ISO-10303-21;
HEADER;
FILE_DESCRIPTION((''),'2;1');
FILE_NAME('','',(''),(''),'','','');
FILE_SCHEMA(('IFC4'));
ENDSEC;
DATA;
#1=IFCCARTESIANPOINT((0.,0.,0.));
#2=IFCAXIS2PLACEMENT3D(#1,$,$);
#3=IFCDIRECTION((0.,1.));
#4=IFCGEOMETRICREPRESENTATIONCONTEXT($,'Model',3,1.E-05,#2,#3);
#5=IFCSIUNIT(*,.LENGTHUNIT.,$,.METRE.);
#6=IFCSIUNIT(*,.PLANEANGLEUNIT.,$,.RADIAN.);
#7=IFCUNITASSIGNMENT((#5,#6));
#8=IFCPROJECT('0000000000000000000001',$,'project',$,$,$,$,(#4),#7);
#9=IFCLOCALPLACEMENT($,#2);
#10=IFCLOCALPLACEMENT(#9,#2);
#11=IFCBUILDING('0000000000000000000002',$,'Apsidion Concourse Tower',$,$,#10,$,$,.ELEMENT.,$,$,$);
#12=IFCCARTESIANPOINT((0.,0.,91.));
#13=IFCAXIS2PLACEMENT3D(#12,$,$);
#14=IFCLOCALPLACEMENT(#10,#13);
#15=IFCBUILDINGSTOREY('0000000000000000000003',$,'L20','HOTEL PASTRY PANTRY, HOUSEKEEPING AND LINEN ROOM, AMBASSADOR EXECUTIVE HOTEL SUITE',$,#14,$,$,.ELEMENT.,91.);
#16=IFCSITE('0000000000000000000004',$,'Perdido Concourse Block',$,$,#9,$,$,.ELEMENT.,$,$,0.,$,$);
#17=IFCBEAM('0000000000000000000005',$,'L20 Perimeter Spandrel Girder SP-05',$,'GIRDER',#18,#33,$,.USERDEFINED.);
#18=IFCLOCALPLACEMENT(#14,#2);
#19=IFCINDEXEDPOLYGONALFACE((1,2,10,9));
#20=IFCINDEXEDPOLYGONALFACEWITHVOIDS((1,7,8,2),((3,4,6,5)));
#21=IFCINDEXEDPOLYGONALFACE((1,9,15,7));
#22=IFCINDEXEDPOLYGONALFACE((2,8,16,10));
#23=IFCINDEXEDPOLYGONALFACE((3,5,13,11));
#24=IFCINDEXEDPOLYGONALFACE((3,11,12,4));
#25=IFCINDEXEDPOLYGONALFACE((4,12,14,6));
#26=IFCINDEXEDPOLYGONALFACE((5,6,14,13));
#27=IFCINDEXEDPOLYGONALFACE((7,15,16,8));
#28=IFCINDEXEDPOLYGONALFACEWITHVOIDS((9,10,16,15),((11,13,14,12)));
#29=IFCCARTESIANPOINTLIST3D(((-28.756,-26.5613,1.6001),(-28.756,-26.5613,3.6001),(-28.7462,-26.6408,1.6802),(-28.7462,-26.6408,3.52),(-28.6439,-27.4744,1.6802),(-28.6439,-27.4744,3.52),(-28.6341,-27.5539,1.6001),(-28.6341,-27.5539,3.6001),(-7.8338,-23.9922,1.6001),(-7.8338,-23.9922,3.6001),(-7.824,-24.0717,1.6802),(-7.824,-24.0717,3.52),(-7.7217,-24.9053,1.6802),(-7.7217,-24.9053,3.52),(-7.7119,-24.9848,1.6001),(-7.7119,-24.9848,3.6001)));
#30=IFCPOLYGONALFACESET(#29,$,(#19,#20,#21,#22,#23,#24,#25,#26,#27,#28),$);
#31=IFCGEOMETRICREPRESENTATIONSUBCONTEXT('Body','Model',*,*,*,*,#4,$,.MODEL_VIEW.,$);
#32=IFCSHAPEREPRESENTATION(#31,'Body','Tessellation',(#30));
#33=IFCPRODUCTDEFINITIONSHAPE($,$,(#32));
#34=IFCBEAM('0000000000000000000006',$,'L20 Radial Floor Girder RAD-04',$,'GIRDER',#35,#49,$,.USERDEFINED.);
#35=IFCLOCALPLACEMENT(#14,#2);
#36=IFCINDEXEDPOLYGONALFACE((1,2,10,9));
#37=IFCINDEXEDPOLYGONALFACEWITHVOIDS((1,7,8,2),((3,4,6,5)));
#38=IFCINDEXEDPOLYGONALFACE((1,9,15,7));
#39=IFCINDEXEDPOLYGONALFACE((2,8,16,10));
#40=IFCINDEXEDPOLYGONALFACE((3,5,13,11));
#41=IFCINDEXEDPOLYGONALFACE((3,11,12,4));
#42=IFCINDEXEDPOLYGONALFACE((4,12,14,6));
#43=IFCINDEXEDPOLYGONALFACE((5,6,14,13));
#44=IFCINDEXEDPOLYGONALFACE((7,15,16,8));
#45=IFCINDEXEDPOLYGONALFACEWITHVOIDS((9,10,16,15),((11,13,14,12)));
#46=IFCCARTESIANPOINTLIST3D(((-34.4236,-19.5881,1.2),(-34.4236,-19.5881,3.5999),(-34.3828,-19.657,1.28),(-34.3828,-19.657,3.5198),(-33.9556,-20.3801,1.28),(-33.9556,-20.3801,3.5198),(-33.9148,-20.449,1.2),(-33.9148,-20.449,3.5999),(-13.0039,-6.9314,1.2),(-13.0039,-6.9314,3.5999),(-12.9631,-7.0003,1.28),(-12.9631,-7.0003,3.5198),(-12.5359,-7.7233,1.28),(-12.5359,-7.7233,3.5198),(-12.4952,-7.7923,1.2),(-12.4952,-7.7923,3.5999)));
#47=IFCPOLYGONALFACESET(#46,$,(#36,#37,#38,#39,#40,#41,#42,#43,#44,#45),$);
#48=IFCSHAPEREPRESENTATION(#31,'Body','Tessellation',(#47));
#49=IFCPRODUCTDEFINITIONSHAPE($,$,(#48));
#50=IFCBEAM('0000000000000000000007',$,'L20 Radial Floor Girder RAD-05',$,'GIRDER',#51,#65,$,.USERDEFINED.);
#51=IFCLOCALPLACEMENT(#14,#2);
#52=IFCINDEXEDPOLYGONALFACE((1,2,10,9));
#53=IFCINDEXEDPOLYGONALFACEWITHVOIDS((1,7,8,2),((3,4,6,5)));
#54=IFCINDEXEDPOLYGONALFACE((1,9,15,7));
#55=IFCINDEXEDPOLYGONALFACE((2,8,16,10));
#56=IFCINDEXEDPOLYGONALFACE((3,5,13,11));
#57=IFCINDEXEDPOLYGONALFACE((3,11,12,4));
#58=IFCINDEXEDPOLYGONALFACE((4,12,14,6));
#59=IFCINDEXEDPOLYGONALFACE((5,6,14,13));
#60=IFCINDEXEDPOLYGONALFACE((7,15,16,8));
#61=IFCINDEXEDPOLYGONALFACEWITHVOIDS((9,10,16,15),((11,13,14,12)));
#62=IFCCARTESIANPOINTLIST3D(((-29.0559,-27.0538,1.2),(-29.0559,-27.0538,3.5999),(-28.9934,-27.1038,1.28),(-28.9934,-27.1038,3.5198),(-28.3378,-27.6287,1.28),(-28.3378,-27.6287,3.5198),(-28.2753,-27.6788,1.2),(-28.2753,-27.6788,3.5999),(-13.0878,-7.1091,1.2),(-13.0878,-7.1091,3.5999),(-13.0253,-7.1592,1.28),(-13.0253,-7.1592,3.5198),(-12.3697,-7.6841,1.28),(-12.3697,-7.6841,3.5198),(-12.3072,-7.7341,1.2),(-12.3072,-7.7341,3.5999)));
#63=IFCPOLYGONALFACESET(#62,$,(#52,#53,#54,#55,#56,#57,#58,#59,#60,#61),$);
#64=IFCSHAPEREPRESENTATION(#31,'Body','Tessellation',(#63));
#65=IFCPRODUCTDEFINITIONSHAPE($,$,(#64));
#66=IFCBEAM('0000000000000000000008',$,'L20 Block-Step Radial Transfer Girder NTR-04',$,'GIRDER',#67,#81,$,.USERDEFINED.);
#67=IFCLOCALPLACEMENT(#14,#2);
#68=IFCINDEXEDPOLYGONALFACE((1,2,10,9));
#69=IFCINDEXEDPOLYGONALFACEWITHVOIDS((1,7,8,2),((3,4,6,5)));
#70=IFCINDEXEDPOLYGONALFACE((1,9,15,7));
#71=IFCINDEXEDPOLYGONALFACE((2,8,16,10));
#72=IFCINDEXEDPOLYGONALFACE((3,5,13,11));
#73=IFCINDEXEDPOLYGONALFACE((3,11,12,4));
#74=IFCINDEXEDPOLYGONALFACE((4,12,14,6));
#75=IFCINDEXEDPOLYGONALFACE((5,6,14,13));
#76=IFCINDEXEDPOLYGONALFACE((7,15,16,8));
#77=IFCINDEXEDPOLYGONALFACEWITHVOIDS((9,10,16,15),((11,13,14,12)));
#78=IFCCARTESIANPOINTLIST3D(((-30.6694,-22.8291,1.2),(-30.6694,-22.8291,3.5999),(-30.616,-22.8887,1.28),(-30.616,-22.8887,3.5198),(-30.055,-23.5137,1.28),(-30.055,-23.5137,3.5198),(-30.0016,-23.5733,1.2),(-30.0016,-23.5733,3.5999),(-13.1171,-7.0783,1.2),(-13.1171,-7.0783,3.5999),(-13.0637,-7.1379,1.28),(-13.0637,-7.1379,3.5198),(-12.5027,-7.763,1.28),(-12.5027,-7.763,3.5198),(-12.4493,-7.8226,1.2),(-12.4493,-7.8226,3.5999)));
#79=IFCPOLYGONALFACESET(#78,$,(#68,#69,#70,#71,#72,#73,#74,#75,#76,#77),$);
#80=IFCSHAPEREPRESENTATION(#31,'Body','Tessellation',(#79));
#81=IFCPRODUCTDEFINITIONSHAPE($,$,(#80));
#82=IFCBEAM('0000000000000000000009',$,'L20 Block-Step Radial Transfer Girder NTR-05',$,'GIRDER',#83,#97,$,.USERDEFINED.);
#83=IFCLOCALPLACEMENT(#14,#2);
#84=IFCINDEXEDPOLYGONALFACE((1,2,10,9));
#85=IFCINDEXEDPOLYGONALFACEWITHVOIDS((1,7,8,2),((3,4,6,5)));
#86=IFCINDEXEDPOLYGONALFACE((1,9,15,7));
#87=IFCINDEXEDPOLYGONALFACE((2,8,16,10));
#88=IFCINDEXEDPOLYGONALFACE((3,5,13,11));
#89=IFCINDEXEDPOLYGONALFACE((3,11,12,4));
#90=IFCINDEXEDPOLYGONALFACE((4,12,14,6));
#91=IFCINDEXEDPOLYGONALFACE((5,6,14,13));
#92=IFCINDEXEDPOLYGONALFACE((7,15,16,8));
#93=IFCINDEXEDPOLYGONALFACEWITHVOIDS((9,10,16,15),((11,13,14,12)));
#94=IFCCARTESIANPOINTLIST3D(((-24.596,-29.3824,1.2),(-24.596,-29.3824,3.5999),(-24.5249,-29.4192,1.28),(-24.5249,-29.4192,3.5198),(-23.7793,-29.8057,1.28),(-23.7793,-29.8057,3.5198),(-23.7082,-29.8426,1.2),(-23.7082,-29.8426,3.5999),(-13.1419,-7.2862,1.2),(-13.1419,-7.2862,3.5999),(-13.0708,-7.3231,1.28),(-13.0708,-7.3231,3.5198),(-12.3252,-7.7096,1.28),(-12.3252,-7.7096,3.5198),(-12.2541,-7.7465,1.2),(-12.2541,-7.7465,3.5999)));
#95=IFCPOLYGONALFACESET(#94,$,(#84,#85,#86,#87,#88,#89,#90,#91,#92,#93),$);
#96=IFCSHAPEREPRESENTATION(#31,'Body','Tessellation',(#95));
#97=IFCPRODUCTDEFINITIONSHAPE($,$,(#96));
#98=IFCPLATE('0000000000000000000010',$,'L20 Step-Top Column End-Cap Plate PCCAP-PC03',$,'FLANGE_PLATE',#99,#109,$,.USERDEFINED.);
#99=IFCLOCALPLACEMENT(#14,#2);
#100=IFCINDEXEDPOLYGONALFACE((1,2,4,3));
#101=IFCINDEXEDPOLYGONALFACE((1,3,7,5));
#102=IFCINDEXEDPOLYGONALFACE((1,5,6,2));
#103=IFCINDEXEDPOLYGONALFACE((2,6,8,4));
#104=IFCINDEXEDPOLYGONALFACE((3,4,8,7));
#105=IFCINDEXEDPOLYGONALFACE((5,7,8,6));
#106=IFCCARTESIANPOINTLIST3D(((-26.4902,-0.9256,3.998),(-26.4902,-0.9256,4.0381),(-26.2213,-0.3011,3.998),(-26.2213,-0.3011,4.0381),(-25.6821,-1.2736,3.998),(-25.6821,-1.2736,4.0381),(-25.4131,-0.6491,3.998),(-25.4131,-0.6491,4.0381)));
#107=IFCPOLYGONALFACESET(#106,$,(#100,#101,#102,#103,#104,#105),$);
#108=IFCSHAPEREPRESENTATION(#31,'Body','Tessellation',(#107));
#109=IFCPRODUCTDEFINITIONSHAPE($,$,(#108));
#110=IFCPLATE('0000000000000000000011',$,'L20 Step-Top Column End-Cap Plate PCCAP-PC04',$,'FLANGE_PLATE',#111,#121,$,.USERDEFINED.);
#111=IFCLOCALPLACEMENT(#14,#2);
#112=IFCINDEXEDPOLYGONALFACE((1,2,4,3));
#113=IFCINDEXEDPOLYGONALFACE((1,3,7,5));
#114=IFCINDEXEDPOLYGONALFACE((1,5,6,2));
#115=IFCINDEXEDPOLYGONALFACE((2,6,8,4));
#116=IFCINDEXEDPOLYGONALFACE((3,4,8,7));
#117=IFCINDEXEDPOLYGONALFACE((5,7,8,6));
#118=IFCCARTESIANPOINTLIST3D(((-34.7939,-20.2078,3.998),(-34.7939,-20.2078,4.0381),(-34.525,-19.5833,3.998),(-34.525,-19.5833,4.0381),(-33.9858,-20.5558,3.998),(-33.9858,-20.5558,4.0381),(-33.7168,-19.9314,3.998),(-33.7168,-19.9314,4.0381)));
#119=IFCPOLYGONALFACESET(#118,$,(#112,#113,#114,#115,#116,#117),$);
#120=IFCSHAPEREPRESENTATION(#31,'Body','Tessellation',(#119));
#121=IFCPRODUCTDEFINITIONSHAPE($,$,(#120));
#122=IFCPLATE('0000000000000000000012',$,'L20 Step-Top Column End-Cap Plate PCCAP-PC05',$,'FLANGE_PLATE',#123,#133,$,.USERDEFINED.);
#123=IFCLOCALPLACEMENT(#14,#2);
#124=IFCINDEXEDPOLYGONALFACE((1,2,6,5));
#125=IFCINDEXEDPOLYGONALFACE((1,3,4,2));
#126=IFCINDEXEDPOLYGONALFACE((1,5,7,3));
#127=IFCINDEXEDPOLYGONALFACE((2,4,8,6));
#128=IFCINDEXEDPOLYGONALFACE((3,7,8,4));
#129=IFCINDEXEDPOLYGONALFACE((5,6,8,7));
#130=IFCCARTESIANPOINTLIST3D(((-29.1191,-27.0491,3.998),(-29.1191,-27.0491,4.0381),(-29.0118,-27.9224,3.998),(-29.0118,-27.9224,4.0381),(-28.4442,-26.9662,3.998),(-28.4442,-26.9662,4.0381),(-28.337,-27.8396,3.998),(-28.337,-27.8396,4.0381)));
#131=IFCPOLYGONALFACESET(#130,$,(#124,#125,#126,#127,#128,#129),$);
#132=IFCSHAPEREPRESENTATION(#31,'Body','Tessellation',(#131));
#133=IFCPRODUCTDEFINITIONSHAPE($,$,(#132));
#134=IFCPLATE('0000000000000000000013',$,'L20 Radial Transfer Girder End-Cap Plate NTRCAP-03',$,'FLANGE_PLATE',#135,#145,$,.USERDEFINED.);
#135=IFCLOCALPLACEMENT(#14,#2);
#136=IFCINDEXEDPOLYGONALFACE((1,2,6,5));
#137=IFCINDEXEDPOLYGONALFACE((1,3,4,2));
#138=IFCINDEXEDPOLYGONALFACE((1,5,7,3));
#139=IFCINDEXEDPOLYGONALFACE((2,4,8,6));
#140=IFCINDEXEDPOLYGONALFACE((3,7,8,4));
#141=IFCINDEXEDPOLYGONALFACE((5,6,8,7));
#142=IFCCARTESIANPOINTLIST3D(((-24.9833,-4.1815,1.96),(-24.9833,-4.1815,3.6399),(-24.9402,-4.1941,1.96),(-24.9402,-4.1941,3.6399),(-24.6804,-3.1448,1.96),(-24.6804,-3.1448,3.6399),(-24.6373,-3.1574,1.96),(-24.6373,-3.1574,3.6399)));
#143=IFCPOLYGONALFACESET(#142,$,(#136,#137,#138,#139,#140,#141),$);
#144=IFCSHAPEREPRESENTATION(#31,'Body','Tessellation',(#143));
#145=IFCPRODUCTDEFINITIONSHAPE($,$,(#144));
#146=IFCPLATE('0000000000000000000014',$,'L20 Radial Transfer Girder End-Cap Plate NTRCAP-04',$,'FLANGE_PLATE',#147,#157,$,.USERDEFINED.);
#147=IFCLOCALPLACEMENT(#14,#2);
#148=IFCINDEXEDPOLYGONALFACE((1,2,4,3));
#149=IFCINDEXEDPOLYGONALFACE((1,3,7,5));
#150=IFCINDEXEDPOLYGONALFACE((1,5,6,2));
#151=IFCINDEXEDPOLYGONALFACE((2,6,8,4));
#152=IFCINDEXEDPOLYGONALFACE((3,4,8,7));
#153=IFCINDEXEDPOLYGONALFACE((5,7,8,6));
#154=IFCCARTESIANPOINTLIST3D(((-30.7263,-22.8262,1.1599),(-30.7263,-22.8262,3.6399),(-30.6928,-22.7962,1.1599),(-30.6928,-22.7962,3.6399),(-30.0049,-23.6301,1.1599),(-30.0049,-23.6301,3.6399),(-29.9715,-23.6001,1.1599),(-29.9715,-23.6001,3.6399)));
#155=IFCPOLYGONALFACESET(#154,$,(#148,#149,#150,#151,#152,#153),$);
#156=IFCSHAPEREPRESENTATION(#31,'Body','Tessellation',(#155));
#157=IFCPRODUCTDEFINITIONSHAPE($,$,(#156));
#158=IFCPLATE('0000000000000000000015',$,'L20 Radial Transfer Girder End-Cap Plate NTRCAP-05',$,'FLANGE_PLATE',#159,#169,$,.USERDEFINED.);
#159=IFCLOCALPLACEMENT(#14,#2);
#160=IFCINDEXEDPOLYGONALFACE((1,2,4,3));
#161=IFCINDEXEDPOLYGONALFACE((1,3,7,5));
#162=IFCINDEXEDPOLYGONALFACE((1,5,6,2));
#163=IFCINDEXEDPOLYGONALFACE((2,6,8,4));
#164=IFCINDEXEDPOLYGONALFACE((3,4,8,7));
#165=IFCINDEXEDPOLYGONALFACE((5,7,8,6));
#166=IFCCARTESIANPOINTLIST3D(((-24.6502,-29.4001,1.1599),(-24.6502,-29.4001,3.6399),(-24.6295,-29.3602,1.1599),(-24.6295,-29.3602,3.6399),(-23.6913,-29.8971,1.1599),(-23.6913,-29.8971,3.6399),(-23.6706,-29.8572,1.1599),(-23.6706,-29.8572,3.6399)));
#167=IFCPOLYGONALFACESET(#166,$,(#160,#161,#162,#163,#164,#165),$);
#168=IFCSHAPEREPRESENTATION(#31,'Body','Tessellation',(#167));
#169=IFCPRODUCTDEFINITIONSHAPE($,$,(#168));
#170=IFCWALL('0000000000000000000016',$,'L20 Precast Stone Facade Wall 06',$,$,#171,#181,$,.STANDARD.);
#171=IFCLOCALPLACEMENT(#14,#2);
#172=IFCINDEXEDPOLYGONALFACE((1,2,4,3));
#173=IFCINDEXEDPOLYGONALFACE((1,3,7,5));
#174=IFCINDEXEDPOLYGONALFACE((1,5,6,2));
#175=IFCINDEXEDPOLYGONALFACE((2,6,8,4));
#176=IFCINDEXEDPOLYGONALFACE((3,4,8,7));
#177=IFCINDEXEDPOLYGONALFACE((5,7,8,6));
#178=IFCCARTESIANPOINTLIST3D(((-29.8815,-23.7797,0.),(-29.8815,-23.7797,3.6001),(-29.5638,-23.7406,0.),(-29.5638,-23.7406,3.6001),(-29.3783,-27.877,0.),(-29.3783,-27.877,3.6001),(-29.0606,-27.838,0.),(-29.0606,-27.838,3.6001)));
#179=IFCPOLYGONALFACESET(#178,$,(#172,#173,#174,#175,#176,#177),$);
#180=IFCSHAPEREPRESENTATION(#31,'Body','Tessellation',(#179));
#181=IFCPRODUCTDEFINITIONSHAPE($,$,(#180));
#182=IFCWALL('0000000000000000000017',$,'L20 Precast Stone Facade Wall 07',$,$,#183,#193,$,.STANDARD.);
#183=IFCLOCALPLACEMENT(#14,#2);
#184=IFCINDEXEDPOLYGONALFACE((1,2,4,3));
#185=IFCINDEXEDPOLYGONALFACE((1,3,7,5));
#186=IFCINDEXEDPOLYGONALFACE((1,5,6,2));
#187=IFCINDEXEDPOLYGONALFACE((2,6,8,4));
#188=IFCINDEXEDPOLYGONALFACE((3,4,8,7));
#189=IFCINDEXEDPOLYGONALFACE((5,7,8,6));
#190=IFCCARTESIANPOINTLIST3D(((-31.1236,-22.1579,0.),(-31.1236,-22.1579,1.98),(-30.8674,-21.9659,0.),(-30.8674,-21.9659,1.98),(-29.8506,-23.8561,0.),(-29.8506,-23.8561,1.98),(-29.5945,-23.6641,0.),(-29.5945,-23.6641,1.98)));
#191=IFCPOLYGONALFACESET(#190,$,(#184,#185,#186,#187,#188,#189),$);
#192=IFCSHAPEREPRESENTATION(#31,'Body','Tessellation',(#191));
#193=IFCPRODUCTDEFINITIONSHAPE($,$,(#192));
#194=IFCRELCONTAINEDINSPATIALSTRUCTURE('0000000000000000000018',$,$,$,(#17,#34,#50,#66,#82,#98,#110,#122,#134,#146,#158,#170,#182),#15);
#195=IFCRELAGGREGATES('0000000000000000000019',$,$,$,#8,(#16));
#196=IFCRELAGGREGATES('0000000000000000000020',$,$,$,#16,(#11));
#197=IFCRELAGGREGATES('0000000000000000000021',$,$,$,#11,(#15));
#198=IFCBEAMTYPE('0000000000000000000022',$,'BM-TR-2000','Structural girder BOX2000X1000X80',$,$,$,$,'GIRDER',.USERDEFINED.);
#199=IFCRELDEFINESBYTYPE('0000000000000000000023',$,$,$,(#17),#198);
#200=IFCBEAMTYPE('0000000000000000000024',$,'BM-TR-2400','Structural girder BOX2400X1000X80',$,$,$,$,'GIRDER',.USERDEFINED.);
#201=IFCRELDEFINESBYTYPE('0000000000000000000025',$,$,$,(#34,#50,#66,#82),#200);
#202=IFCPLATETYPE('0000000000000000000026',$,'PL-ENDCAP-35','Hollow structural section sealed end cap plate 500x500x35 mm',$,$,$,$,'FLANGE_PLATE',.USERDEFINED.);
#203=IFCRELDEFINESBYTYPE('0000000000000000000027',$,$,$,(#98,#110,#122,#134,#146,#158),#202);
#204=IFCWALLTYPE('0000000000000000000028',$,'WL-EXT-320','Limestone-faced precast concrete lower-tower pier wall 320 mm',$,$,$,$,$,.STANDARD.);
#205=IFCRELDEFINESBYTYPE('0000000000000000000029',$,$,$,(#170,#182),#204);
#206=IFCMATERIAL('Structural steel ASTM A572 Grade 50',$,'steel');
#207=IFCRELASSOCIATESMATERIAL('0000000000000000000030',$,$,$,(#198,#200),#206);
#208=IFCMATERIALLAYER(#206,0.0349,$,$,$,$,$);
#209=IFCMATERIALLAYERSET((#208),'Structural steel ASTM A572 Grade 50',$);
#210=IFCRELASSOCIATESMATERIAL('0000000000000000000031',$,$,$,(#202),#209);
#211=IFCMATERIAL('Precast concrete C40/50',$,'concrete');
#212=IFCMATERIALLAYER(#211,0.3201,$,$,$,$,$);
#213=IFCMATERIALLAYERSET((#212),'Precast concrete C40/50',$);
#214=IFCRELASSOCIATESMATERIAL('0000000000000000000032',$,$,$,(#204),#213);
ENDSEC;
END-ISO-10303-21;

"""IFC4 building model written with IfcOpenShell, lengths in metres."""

from ifc_helpers import new_model, si_unit, direction, frame, frame_2d, origin, origin_2d, place, context, subcontext, project, spatial, rectangle, hollow_rectangle, extrude, material, layer, layer_set, material_profile, profile_set, type_object, element, save


model = new_model("IFC4")

# Units and contexts
model_context = context("Model", 3, precision=1e-05, world=origin(), true_north=direction((0.0, 1.0)))
body_context = subcontext(model_context, "Body", "Model", "MODEL_VIEW")
ifc_project = project(units=[si_unit("LENGTHUNIT", "METRE"), si_unit("PLANEANGLEUNIT", "RADIAN")], contexts=[model_context])

# Site, building, storey
site_placement = place(None, origin())
site = spatial("IfcSite", under=ifc_project, at=site_placement, Name="Perdido Concourse Block", CompositionType="ELEMENT", RefElevation=0.0)
building_placement = place(site_placement, origin())
building = spatial("IfcBuilding", under=site, at=building_placement, Name="Apsidion Concourse Tower", CompositionType="ELEMENT")
storey_placement = place(building_placement, frame((0.0, 0.0, 91.0)))
storey = spatial("IfcBuildingStorey", under=building, at=storey_placement, Name="L20", Description="HOTEL PASTRY PANTRY, HOUSEKEEPING AND LINEN ROOM, AMBASSADOR EXECUTIVE HOTEL SUITE", CompositionType="ELEMENT", Elevation=91.0)

# Shared definitions
ifc_material_1 = material(Name="Structural steel ASTM A572 Grade 50", Category="steel")

# Beams
ifc_material_profile_1 = material_profile(ifc_material_1, hollow_rectangle(XDim=1.0, YDim=2.0, WallThickness=0.0801, at=origin_2d()), Name="BOX2000X1000X80")
ifc_profile_set_1 = profile_set([ifc_material_profile_1], Name="Structural steel ASTM A572 Grade 50")
beam_type_1 = type_object("IfcBeamType", Name="BM-TR-2000", Description="Structural girder BOX2000X1000X80", ElementType="GIRDER", PredefinedType="USERDEFINED", material=ifc_profile_set_1)
beam_1_placement = place(storey_placement, frame((-28.6951, -27.0576, 2.6001), z_axis=(0.992545, 0.121878, 0.0), x_axis=(-0.121878, 0.992545, 0.0)))
element("IfcBeam", 1, at=beam_1_placement, inside=storey, type_object=beam_type_1, Name="L20 Perimeter Spandrel Girder SP-05", ObjectType="GIRDER", PredefinedType="USERDEFINED", context=body_context, shape_type="SweptSolid", body=[
    extrude(hollow_rectangle(XDim=1.0, YDim=2.0, WallThickness=0.0801, at=origin_2d()), origin(), (0.0, 0.0, 1.0), 21.0793),
])
ifc_material_profile_2 = material_profile(ifc_material_1, hollow_rectangle(XDim=1.0, YDim=2.3999, WallThickness=0.0801, at=origin_2d()), Name="BOX2400X1000X80")
ifc_profile_set_2 = profile_set([ifc_material_profile_2], Name="Structural steel ASTM A572 Grade 50")
beam_type_2 = type_object("IfcBeamType", Name="BM-TR-2400", Description="Structural girder BOX2400X1000X80", ElementType="GIRDER", PredefinedType="USERDEFINED", material=ifc_profile_set_2)
beam_2_placement = place(storey_placement, frame((-12.7495, -7.3618, 2.3999), z_axis=(-0.860933, -0.508719, 0.0), x_axis=(0.508719, -0.860933, 0.0)))
element("IfcBeam", 2, at=beam_2_placement, inside=storey, type_object=beam_type_2, Name="L20 Radial Floor Girder RAD-04", ObjectType="GIRDER", PredefinedType="USERDEFINED", context=body_context, shape_type="SweptSolid", body=[
    extrude(hollow_rectangle(XDim=1.0, YDim=2.3999, WallThickness=0.0801, at=origin_2d()), origin(), (0.0, 0.0, 1.0), 24.8796),
])
beam_3_placement = place(storey_placement, frame((-12.6975, -7.4216, 2.3999), z_axis=(-0.62499, -0.780633, 0.0), x_axis=(0.780633, -0.62499, 0.0)))
element("IfcBeam", 3, at=beam_3_placement, inside=storey, type_object=beam_type_2, Name="L20 Radial Floor Girder RAD-05", ObjectType="GIRDER", PredefinedType="USERDEFINED", context=body_context, shape_type="SweptSolid", body=[
    extrude(hollow_rectangle(XDim=1.0, YDim=2.3999, WallThickness=0.0801, at=origin_2d()), origin(), (0.0, 0.0, 1.0), 25.5493),
])
beam_4_placement = place(storey_placement, frame((-12.7832, -7.4504, 2.3999), z_axis=(-0.744269, -0.66788, 0.0), x_axis=(0.66788, -0.744269, 0.0)))
element("IfcBeam", 4, at=beam_4_placement, inside=storey, type_object=beam_type_2, Name="L20 Block-Step Radial Transfer Girder NTR-04", ObjectType="GIRDER", PredefinedType="USERDEFINED", context=body_context, shape_type="SweptSolid", body=[
    extrude(hollow_rectangle(XDim=1.0, YDim=2.3999, WallThickness=0.0801, at=origin_2d()), origin(), (0.0, 0.0, 1.0), 23.5833),
])
beam_5_placement = place(storey_placement, frame((-12.698, -7.5164, 2.3999), z_axis=(-0.460216, -0.887807, 0.0), x_axis=(0.887807, -0.460216, 0.0)))
element("IfcBeam", 5, at=beam_5_placement, inside=storey, type_object=beam_type_2, Name="L20 Block-Step Radial Transfer Girder NTR-05", ObjectType="GIRDER", PredefinedType="USERDEFINED", context=body_context, shape_type="SweptSolid", body=[
    extrude(hollow_rectangle(XDim=1.0, YDim=2.3999, WallThickness=0.0801, at=origin_2d()), origin(), (0.0, 0.0, 1.0), 24.8884),
])

# Plates
ifc_layer_1 = layer(ifc_material_1, 0.0349)
ifc_layer_set_1 = layer_set([ifc_layer_1], Name="Structural steel ASTM A572 Grade 50")
plate_type = type_object("IfcPlateType", Name="PL-ENDCAP-35", Description="Hollow structural section sealed end cap plate 500x500x35 mm", ElementType="FLANGE_PLATE", PredefinedType="USERDEFINED", material=ifc_layer_set_1)
for number, where, z_axis, x_axis, name in (
    (6, (-25.9517, -0.7874, 3.998), (0.0, 0.0, 1.0), (0.395546, 0.918446, 0.0), "L20 Step-Top Column End-Cap Plate PCCAP-PC03"),
    (7, (-34.2554, -20.0696, 3.998), (0.0, 0.0, 1.0), (0.395546, 0.918446, 0.0), "L20 Step-Top Column End-Cap Plate PCCAP-PC04"),
    (8, (-28.728, -27.4443, 3.998), (0.0, 0.0, 1.0), (0.992546, 0.121869, 0.0), "L20 Step-Top Column End-Cap Plate PCCAP-PC05"),
):
    element("IfcPlate", number, at=place(storey_placement, frame(where, z_axis=z_axis, x_axis=x_axis)), inside=storey, type_object=plate_type, Name=name, ObjectType="FLANGE_PLATE", PredefinedType="USERDEFINED", context=body_context, shape_type="SweptSolid", body=[
        extrude(rectangle(XDim=0.6799, YDim=0.8799, at=origin_2d()), origin(), (0.0, 0.0, 1.0), 0.04),
    ])
plate_placement = place(storey_placement, frame((-24.8103, -3.6694, 1.96), z_axis=(0.0, 0.0, 1.0), x_axis=(-0.959854, 0.280499, 0.0)))
element("IfcPlate", 9, at=plate_placement, inside=storey, type_object=plate_type, Name="L20 Radial Transfer Girder End-Cap Plate NTRCAP-03", ObjectType="FLANGE_PLATE", PredefinedType="USERDEFINED", context=body_context, shape_type="SweptSolid", body=[
    extrude(rectangle(XDim=0.0449, YDim=1.0801, at=origin_2d()), origin(), (0.0, 0.0, 1.0), 1.6799),
])
for number, where, z_axis, x_axis, name in (
    (10, (-30.3489, -23.2131, 1.1599), (0.0, 0.0, 1.0), (-0.744312, -0.667833, 0.0), "L20 Radial Transfer Girder End-Cap Plate NTRCAP-04"),
    (11, (-24.1604, -29.6287, 1.1599), (0.0, 0.0, 1.0), (-0.4602, -0.887815, 0.0), "L20 Radial Transfer Girder End-Cap Plate NTRCAP-05"),
):
    element("IfcPlate", number, at=place(storey_placement, frame(where, z_axis=z_axis, x_axis=x_axis)), inside=storey, type_object=plate_type, Name=name, ObjectType="FLANGE_PLATE", PredefinedType="USERDEFINED", context=body_context, shape_type="SweptSolid", body=[
        extrude(rectangle(XDim=0.0449, YDim=1.0801, at=origin_2d()), origin(), (0.0, 0.0, 1.0), 2.48),
    ])

# Walls
ifc_material_2 = material(Name="Precast concrete C40/50", Category="concrete")
ifc_layer_2 = layer(ifc_material_2, 0.3201)
ifc_layer_set_2 = layer_set([ifc_layer_2], Name="Precast concrete C40/50")
wall_type = type_object("IfcWallType", Name="WL-EXT-320", Description="Limestone-faced precast concrete lower-tower pier wall 320 mm", PredefinedType="STANDARD", material=ifc_layer_set_2)
wall_1_placement = place(storey_placement, frame((-29.2195, -27.8574, 0.0), z_axis=(0.0, 0.0, 1.0), x_axis=(-0.121887, 0.992544, 0.0)))
element("IfcWall", 12, at=wall_1_placement, inside=storey, type_object=wall_type, Name="L20 Precast Stone Facade Wall 06", PredefinedType="STANDARD", context=body_context, shape_type="SweptSolid", body=[
    extrude(rectangle(XDim=4.1282, YDim=0.3201, at=frame_2d((2.064, 0.0))), origin(), (0.0, 0.0, 1.0), 3.6001),
])
wall_2_placement = place(storey_placement, frame((-29.7227, -23.76, 0.0), z_axis=(0.0, 0.0, 1.0), x_axis=(-0.599779, 0.800166, 0.0)))
element("IfcWall", 13, at=wall_2_placement, inside=storey, type_object=wall_type, Name="L20 Precast Stone Facade Wall 07", PredefinedType="STANDARD", context=body_context, shape_type="SweptSolid", body=[
    extrude(rectangle(XDim=2.1223, YDim=0.3201, at=frame_2d((1.061, 0.0))), origin(), (0.0, 0.0, 1.0), 1.98),
])

save(model, "model.ifc")
